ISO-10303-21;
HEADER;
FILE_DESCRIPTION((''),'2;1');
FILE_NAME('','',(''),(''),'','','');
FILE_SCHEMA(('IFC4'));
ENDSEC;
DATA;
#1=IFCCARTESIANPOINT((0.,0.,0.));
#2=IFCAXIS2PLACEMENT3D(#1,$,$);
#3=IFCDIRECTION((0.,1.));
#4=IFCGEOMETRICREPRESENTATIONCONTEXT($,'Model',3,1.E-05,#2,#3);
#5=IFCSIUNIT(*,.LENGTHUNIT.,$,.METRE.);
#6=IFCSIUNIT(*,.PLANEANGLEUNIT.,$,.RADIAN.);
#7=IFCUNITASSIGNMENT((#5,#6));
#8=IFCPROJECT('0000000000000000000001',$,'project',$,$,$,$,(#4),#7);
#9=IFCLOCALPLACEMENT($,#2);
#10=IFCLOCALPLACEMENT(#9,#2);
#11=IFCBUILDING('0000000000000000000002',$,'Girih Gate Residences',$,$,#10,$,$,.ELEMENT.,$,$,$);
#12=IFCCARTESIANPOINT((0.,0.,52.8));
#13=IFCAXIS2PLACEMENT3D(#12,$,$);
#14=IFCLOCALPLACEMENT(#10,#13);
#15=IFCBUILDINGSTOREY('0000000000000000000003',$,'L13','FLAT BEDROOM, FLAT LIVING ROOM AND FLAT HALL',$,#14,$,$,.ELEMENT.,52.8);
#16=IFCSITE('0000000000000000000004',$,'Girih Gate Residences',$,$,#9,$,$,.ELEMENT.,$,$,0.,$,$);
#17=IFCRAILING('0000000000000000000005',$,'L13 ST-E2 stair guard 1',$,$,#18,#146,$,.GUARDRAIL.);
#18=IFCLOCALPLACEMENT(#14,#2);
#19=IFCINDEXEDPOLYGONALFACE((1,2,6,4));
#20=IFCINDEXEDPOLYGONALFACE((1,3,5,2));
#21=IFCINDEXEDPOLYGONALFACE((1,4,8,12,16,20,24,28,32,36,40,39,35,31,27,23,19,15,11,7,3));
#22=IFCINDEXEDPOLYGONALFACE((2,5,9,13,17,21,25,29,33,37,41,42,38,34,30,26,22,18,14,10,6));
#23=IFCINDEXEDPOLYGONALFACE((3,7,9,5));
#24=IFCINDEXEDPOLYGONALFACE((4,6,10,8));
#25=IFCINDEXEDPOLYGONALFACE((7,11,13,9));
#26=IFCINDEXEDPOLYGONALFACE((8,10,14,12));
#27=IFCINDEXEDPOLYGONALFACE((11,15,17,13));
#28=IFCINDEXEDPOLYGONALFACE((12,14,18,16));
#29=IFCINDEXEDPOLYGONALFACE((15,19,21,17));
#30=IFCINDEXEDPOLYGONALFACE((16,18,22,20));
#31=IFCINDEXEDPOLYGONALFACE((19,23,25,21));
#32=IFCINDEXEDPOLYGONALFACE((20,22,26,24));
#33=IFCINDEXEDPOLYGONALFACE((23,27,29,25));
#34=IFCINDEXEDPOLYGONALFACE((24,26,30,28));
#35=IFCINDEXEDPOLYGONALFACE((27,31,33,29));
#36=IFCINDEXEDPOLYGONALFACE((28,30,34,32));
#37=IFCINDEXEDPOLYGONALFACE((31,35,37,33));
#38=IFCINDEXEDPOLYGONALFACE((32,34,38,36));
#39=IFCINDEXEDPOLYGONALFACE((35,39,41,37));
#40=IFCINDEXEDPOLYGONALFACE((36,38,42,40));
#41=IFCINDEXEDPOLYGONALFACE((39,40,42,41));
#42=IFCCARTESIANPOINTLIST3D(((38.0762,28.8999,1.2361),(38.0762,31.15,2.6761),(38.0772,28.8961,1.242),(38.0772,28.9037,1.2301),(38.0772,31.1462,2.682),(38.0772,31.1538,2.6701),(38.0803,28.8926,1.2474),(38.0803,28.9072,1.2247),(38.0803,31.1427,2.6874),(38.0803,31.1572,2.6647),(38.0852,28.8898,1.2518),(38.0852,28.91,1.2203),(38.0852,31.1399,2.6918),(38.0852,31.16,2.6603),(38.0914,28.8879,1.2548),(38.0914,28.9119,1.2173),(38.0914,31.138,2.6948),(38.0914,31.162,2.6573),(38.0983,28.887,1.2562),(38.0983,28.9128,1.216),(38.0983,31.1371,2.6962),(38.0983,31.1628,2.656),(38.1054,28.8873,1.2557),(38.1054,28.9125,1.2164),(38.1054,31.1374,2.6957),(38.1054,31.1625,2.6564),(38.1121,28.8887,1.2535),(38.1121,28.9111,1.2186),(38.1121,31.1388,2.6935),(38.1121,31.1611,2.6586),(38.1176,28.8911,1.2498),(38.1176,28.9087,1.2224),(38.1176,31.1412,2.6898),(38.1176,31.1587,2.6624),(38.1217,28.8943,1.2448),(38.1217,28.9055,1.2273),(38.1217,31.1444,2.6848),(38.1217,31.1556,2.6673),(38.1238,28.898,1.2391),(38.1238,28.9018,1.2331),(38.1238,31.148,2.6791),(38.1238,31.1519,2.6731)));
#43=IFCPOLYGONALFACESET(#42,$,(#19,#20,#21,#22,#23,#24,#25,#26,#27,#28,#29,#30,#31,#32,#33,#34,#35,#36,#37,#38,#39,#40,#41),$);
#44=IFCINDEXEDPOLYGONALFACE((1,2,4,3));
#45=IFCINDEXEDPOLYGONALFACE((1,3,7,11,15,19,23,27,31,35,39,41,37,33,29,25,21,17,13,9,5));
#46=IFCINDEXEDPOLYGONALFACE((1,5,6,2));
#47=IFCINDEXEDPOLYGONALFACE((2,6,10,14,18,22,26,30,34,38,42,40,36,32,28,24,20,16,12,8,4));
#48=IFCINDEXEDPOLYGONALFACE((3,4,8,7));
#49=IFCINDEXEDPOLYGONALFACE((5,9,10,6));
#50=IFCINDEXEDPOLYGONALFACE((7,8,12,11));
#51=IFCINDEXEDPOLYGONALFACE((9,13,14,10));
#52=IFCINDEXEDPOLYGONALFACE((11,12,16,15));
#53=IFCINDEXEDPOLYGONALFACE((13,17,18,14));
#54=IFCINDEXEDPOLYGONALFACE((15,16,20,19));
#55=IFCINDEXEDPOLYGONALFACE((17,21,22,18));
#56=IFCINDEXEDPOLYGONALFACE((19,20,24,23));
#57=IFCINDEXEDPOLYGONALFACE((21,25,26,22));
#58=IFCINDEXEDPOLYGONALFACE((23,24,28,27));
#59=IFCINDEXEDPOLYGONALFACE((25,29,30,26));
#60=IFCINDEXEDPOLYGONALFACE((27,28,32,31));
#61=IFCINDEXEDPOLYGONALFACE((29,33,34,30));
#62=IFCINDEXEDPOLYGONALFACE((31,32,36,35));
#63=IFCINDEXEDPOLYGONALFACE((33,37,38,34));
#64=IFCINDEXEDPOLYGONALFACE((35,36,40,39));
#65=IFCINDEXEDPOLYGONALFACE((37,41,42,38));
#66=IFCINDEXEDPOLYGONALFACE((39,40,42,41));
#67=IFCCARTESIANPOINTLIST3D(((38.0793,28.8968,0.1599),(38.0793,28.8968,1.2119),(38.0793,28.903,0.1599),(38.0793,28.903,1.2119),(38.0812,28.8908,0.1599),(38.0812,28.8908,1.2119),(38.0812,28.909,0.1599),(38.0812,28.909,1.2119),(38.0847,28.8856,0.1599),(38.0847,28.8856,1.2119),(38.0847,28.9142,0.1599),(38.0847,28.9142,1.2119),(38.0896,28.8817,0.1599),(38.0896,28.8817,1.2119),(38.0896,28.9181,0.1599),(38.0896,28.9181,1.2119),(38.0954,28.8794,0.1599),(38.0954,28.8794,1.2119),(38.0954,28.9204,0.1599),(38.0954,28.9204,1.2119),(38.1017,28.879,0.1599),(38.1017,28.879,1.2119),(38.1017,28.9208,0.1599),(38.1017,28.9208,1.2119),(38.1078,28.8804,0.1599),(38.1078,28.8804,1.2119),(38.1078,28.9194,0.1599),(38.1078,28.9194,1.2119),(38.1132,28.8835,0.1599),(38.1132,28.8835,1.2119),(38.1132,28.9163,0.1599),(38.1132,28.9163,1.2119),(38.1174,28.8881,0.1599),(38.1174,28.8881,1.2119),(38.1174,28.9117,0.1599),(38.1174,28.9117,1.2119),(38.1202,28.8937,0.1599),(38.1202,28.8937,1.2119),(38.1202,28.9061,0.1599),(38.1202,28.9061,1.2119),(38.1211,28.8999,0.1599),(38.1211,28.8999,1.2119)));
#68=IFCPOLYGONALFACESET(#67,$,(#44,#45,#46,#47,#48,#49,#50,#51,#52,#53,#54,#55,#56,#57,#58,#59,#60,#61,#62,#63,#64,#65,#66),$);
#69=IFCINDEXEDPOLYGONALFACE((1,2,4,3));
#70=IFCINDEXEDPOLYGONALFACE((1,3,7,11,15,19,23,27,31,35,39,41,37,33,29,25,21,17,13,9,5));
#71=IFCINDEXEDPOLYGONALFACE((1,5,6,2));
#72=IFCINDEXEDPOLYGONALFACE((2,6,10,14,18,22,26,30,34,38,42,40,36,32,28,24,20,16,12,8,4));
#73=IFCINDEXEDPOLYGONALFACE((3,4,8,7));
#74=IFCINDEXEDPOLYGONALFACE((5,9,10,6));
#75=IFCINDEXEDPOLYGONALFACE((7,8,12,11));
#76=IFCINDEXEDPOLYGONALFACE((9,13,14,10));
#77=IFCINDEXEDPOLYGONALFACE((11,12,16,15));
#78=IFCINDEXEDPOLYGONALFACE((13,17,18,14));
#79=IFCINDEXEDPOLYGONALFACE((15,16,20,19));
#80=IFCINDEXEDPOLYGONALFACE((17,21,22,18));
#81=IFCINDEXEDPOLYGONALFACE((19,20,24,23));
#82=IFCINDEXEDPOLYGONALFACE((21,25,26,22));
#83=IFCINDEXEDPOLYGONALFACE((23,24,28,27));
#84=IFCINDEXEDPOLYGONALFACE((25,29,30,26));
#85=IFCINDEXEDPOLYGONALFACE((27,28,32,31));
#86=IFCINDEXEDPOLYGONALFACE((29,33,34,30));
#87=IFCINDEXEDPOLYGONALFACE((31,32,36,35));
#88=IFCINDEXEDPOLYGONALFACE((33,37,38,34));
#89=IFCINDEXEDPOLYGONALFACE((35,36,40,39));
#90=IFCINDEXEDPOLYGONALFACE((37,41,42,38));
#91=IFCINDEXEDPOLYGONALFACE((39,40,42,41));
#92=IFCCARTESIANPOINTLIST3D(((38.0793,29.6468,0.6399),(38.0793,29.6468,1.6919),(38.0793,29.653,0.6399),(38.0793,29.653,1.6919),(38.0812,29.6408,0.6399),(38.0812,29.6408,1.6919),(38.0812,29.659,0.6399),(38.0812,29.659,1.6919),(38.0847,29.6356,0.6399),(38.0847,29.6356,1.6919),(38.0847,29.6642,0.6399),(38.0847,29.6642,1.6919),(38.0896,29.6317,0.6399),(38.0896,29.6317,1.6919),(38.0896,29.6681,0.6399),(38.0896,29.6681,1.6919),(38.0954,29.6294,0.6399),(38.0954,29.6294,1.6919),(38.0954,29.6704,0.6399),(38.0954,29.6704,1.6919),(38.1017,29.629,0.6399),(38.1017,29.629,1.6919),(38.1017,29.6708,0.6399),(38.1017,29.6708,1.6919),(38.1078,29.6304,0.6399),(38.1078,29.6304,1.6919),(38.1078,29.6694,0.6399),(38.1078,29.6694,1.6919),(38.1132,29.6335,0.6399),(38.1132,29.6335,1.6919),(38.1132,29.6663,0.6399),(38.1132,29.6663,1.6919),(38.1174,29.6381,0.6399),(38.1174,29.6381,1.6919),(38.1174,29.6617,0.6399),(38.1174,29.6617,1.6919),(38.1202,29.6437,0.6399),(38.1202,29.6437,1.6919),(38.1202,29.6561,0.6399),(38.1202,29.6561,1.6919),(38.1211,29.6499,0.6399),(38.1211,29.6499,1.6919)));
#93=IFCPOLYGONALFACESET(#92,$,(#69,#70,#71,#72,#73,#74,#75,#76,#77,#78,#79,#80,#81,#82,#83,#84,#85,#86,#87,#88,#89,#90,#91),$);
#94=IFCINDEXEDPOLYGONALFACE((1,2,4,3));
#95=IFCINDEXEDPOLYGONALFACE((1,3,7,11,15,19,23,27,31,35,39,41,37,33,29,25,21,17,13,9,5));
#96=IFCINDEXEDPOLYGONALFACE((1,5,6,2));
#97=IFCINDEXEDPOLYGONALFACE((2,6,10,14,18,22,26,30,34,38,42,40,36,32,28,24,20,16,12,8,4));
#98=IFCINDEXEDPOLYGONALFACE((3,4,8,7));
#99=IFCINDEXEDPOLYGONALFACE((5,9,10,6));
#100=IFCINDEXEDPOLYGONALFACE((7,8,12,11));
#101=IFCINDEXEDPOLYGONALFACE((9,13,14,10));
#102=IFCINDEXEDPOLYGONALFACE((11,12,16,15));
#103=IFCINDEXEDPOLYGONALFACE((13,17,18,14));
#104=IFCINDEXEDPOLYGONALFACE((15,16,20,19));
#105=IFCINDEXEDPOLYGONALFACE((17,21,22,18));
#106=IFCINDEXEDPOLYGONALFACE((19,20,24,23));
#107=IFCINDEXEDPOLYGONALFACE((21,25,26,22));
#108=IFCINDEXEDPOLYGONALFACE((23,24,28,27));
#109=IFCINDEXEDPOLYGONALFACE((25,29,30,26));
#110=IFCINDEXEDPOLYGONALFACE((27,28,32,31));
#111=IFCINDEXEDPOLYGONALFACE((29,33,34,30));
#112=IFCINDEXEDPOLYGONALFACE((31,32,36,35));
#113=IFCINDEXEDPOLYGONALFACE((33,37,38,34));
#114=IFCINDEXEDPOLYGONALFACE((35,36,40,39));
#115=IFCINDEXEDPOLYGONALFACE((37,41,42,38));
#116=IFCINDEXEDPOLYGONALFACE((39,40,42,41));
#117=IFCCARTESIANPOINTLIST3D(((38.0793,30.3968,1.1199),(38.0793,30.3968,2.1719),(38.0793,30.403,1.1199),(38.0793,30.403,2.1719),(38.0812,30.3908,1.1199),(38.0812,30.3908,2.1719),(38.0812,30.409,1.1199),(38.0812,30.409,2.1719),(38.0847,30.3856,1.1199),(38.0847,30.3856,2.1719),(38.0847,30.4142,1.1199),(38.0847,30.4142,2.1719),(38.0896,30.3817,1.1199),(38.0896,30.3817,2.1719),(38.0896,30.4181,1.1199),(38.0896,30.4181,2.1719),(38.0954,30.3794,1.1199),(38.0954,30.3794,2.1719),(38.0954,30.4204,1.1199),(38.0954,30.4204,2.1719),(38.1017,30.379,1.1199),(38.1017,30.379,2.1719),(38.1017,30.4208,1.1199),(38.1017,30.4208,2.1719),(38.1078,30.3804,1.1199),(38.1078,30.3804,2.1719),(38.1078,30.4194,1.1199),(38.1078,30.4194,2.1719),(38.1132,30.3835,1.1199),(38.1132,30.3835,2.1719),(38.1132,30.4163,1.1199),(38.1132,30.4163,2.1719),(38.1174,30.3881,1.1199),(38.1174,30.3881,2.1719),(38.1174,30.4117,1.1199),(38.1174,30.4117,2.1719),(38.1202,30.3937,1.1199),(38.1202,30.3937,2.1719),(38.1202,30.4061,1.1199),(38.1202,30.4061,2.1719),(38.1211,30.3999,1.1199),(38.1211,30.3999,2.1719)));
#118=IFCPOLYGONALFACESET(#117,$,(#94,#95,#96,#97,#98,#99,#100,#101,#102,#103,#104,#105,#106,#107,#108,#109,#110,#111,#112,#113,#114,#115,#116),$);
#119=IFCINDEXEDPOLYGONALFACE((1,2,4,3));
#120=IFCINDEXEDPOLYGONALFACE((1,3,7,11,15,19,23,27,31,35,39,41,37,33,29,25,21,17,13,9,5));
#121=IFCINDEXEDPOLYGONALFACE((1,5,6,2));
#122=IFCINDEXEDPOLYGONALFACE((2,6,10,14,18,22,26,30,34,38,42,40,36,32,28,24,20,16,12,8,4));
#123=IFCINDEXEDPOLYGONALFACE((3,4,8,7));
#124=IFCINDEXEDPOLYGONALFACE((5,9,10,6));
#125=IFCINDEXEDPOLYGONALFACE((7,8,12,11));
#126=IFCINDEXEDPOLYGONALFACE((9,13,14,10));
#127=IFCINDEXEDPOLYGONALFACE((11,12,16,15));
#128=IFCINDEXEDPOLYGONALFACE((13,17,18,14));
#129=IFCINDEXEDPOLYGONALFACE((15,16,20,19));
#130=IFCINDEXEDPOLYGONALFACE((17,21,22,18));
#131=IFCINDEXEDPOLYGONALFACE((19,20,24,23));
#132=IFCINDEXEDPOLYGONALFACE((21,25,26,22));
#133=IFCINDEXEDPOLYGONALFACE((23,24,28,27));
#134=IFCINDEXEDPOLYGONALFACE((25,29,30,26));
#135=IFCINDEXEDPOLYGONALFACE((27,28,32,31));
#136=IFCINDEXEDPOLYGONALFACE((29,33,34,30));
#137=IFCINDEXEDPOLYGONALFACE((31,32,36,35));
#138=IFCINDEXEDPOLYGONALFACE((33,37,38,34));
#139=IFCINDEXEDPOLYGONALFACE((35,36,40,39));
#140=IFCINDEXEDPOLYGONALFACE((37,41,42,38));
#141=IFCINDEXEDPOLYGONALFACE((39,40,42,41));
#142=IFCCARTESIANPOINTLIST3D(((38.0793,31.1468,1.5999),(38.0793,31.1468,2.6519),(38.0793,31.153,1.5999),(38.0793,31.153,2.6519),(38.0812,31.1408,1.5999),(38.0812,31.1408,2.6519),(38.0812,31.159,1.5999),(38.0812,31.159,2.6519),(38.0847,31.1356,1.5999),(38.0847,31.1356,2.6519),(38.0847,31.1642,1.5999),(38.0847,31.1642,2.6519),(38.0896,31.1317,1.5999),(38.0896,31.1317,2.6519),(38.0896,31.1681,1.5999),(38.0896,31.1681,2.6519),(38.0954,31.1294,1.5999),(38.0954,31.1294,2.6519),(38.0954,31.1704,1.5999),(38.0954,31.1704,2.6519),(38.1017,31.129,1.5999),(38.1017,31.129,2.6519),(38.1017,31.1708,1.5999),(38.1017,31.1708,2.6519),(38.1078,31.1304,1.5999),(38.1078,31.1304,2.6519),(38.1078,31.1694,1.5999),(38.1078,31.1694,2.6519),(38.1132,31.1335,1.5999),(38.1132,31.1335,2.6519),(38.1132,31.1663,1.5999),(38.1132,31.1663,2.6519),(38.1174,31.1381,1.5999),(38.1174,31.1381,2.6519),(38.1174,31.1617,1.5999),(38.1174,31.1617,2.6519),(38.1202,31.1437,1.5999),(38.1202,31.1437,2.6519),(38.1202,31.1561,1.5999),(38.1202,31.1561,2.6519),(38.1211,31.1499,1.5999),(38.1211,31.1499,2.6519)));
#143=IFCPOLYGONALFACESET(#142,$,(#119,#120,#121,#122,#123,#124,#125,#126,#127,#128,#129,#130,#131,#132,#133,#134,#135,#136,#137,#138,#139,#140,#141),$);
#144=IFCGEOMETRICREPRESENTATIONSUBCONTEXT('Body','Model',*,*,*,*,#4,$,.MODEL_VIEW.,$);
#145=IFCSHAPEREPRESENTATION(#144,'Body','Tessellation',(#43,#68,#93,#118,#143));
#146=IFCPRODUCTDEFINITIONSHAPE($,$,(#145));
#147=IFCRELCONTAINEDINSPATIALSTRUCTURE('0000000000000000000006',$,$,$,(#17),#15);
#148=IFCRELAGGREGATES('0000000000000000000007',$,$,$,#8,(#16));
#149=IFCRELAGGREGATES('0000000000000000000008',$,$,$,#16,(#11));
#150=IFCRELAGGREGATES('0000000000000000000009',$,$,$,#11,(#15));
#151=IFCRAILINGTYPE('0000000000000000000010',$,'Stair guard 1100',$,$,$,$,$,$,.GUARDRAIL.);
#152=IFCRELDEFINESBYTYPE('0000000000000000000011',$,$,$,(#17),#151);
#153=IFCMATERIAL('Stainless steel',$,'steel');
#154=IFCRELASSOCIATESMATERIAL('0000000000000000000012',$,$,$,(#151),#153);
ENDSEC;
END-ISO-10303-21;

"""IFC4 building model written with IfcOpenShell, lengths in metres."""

from ifc_helpers import new_model, si_unit, direction, frame, origin, origin_2d, place, context, subcontext, project, spatial, circle, extrude, material, type_object, element, save


model = new_model("IFC4")

# Units and contexts
model_context = context("Model", 3, precision=1e-05, world=origin(), true_north=direction((0.0, 1.0)))
body_context = subcontext(model_context, "Body", "Model", "MODEL_VIEW")
ifc_project = project(units=[si_unit("LENGTHUNIT", "METRE"), si_unit("PLANEANGLEUNIT", "RADIAN")], contexts=[model_context])

# Site, building, storey
site_placement = place(None, origin())
site = spatial("IfcSite", under=ifc_project, at=site_placement, Name="Girih Gate Residences", CompositionType="ELEMENT", RefElevation=0.0)
building_placement = place(site_placement, origin())
building = spatial("IfcBuilding", under=site, at=building_placement, Name="Girih Gate Residences", CompositionType="ELEMENT")
storey_placement = place(building_placement, frame((0.0, 0.0, 52.8)))
storey = spatial("IfcBuildingStorey", under=building, at=storey_placement, Name="L13", Description="FLAT BEDROOM, FLAT LIVING ROOM AND FLAT HALL", CompositionType="ELEMENT", Elevation=52.8)

# Shared definitions
ifc_material_1 = material(Name="Stainless steel", Category="steel")

# Railing
railing_type_1 = type_object("IfcRailingType", Name="Stair guard 1100", PredefinedType="GUARDRAIL", material=ifc_material_1)
railing_1_placement = place(storey_placement, frame((38.1001, 28.8999, 0.1599)))
element("IfcRailing", 1, at=railing_1_placement, inside=storey, type_object=railing_type_1, Name="L13 ST-E2 stair guard 1", PredefinedType="GUARDRAIL", context=body_context, shape_type="SweptSolid", body=[
    extrude(circle(Radius=0.0239, at=origin_2d()), frame((0.0, 0.0, 1.0762), z_axis=(0.0, 0.842281, 0.539038), x_axis=(-1.0, 0.0, 0.0)), (0.0, 0.0, 1.0), 2.6714),
    extrude(circle(Radius=0.021, at=origin_2d()), origin(), (0.0, 0.0, 1.0), 1.052),
    extrude(circle(Radius=0.021, at=origin_2d()), frame((0.0, 0.75, 0.48)), (0.0, 0.0, 1.0), 1.052),
    extrude(circle(Radius=0.021, at=origin_2d()), frame((0.0, 1.5, 0.96)), (0.0, 0.0, 1.0), 1.052),
    extrude(circle(Radius=0.021, at=origin_2d()), frame((0.0, 2.25, 1.4399)), (0.0, 0.0, 1.0), 1.052),
])

save(model, "model.ifc")
